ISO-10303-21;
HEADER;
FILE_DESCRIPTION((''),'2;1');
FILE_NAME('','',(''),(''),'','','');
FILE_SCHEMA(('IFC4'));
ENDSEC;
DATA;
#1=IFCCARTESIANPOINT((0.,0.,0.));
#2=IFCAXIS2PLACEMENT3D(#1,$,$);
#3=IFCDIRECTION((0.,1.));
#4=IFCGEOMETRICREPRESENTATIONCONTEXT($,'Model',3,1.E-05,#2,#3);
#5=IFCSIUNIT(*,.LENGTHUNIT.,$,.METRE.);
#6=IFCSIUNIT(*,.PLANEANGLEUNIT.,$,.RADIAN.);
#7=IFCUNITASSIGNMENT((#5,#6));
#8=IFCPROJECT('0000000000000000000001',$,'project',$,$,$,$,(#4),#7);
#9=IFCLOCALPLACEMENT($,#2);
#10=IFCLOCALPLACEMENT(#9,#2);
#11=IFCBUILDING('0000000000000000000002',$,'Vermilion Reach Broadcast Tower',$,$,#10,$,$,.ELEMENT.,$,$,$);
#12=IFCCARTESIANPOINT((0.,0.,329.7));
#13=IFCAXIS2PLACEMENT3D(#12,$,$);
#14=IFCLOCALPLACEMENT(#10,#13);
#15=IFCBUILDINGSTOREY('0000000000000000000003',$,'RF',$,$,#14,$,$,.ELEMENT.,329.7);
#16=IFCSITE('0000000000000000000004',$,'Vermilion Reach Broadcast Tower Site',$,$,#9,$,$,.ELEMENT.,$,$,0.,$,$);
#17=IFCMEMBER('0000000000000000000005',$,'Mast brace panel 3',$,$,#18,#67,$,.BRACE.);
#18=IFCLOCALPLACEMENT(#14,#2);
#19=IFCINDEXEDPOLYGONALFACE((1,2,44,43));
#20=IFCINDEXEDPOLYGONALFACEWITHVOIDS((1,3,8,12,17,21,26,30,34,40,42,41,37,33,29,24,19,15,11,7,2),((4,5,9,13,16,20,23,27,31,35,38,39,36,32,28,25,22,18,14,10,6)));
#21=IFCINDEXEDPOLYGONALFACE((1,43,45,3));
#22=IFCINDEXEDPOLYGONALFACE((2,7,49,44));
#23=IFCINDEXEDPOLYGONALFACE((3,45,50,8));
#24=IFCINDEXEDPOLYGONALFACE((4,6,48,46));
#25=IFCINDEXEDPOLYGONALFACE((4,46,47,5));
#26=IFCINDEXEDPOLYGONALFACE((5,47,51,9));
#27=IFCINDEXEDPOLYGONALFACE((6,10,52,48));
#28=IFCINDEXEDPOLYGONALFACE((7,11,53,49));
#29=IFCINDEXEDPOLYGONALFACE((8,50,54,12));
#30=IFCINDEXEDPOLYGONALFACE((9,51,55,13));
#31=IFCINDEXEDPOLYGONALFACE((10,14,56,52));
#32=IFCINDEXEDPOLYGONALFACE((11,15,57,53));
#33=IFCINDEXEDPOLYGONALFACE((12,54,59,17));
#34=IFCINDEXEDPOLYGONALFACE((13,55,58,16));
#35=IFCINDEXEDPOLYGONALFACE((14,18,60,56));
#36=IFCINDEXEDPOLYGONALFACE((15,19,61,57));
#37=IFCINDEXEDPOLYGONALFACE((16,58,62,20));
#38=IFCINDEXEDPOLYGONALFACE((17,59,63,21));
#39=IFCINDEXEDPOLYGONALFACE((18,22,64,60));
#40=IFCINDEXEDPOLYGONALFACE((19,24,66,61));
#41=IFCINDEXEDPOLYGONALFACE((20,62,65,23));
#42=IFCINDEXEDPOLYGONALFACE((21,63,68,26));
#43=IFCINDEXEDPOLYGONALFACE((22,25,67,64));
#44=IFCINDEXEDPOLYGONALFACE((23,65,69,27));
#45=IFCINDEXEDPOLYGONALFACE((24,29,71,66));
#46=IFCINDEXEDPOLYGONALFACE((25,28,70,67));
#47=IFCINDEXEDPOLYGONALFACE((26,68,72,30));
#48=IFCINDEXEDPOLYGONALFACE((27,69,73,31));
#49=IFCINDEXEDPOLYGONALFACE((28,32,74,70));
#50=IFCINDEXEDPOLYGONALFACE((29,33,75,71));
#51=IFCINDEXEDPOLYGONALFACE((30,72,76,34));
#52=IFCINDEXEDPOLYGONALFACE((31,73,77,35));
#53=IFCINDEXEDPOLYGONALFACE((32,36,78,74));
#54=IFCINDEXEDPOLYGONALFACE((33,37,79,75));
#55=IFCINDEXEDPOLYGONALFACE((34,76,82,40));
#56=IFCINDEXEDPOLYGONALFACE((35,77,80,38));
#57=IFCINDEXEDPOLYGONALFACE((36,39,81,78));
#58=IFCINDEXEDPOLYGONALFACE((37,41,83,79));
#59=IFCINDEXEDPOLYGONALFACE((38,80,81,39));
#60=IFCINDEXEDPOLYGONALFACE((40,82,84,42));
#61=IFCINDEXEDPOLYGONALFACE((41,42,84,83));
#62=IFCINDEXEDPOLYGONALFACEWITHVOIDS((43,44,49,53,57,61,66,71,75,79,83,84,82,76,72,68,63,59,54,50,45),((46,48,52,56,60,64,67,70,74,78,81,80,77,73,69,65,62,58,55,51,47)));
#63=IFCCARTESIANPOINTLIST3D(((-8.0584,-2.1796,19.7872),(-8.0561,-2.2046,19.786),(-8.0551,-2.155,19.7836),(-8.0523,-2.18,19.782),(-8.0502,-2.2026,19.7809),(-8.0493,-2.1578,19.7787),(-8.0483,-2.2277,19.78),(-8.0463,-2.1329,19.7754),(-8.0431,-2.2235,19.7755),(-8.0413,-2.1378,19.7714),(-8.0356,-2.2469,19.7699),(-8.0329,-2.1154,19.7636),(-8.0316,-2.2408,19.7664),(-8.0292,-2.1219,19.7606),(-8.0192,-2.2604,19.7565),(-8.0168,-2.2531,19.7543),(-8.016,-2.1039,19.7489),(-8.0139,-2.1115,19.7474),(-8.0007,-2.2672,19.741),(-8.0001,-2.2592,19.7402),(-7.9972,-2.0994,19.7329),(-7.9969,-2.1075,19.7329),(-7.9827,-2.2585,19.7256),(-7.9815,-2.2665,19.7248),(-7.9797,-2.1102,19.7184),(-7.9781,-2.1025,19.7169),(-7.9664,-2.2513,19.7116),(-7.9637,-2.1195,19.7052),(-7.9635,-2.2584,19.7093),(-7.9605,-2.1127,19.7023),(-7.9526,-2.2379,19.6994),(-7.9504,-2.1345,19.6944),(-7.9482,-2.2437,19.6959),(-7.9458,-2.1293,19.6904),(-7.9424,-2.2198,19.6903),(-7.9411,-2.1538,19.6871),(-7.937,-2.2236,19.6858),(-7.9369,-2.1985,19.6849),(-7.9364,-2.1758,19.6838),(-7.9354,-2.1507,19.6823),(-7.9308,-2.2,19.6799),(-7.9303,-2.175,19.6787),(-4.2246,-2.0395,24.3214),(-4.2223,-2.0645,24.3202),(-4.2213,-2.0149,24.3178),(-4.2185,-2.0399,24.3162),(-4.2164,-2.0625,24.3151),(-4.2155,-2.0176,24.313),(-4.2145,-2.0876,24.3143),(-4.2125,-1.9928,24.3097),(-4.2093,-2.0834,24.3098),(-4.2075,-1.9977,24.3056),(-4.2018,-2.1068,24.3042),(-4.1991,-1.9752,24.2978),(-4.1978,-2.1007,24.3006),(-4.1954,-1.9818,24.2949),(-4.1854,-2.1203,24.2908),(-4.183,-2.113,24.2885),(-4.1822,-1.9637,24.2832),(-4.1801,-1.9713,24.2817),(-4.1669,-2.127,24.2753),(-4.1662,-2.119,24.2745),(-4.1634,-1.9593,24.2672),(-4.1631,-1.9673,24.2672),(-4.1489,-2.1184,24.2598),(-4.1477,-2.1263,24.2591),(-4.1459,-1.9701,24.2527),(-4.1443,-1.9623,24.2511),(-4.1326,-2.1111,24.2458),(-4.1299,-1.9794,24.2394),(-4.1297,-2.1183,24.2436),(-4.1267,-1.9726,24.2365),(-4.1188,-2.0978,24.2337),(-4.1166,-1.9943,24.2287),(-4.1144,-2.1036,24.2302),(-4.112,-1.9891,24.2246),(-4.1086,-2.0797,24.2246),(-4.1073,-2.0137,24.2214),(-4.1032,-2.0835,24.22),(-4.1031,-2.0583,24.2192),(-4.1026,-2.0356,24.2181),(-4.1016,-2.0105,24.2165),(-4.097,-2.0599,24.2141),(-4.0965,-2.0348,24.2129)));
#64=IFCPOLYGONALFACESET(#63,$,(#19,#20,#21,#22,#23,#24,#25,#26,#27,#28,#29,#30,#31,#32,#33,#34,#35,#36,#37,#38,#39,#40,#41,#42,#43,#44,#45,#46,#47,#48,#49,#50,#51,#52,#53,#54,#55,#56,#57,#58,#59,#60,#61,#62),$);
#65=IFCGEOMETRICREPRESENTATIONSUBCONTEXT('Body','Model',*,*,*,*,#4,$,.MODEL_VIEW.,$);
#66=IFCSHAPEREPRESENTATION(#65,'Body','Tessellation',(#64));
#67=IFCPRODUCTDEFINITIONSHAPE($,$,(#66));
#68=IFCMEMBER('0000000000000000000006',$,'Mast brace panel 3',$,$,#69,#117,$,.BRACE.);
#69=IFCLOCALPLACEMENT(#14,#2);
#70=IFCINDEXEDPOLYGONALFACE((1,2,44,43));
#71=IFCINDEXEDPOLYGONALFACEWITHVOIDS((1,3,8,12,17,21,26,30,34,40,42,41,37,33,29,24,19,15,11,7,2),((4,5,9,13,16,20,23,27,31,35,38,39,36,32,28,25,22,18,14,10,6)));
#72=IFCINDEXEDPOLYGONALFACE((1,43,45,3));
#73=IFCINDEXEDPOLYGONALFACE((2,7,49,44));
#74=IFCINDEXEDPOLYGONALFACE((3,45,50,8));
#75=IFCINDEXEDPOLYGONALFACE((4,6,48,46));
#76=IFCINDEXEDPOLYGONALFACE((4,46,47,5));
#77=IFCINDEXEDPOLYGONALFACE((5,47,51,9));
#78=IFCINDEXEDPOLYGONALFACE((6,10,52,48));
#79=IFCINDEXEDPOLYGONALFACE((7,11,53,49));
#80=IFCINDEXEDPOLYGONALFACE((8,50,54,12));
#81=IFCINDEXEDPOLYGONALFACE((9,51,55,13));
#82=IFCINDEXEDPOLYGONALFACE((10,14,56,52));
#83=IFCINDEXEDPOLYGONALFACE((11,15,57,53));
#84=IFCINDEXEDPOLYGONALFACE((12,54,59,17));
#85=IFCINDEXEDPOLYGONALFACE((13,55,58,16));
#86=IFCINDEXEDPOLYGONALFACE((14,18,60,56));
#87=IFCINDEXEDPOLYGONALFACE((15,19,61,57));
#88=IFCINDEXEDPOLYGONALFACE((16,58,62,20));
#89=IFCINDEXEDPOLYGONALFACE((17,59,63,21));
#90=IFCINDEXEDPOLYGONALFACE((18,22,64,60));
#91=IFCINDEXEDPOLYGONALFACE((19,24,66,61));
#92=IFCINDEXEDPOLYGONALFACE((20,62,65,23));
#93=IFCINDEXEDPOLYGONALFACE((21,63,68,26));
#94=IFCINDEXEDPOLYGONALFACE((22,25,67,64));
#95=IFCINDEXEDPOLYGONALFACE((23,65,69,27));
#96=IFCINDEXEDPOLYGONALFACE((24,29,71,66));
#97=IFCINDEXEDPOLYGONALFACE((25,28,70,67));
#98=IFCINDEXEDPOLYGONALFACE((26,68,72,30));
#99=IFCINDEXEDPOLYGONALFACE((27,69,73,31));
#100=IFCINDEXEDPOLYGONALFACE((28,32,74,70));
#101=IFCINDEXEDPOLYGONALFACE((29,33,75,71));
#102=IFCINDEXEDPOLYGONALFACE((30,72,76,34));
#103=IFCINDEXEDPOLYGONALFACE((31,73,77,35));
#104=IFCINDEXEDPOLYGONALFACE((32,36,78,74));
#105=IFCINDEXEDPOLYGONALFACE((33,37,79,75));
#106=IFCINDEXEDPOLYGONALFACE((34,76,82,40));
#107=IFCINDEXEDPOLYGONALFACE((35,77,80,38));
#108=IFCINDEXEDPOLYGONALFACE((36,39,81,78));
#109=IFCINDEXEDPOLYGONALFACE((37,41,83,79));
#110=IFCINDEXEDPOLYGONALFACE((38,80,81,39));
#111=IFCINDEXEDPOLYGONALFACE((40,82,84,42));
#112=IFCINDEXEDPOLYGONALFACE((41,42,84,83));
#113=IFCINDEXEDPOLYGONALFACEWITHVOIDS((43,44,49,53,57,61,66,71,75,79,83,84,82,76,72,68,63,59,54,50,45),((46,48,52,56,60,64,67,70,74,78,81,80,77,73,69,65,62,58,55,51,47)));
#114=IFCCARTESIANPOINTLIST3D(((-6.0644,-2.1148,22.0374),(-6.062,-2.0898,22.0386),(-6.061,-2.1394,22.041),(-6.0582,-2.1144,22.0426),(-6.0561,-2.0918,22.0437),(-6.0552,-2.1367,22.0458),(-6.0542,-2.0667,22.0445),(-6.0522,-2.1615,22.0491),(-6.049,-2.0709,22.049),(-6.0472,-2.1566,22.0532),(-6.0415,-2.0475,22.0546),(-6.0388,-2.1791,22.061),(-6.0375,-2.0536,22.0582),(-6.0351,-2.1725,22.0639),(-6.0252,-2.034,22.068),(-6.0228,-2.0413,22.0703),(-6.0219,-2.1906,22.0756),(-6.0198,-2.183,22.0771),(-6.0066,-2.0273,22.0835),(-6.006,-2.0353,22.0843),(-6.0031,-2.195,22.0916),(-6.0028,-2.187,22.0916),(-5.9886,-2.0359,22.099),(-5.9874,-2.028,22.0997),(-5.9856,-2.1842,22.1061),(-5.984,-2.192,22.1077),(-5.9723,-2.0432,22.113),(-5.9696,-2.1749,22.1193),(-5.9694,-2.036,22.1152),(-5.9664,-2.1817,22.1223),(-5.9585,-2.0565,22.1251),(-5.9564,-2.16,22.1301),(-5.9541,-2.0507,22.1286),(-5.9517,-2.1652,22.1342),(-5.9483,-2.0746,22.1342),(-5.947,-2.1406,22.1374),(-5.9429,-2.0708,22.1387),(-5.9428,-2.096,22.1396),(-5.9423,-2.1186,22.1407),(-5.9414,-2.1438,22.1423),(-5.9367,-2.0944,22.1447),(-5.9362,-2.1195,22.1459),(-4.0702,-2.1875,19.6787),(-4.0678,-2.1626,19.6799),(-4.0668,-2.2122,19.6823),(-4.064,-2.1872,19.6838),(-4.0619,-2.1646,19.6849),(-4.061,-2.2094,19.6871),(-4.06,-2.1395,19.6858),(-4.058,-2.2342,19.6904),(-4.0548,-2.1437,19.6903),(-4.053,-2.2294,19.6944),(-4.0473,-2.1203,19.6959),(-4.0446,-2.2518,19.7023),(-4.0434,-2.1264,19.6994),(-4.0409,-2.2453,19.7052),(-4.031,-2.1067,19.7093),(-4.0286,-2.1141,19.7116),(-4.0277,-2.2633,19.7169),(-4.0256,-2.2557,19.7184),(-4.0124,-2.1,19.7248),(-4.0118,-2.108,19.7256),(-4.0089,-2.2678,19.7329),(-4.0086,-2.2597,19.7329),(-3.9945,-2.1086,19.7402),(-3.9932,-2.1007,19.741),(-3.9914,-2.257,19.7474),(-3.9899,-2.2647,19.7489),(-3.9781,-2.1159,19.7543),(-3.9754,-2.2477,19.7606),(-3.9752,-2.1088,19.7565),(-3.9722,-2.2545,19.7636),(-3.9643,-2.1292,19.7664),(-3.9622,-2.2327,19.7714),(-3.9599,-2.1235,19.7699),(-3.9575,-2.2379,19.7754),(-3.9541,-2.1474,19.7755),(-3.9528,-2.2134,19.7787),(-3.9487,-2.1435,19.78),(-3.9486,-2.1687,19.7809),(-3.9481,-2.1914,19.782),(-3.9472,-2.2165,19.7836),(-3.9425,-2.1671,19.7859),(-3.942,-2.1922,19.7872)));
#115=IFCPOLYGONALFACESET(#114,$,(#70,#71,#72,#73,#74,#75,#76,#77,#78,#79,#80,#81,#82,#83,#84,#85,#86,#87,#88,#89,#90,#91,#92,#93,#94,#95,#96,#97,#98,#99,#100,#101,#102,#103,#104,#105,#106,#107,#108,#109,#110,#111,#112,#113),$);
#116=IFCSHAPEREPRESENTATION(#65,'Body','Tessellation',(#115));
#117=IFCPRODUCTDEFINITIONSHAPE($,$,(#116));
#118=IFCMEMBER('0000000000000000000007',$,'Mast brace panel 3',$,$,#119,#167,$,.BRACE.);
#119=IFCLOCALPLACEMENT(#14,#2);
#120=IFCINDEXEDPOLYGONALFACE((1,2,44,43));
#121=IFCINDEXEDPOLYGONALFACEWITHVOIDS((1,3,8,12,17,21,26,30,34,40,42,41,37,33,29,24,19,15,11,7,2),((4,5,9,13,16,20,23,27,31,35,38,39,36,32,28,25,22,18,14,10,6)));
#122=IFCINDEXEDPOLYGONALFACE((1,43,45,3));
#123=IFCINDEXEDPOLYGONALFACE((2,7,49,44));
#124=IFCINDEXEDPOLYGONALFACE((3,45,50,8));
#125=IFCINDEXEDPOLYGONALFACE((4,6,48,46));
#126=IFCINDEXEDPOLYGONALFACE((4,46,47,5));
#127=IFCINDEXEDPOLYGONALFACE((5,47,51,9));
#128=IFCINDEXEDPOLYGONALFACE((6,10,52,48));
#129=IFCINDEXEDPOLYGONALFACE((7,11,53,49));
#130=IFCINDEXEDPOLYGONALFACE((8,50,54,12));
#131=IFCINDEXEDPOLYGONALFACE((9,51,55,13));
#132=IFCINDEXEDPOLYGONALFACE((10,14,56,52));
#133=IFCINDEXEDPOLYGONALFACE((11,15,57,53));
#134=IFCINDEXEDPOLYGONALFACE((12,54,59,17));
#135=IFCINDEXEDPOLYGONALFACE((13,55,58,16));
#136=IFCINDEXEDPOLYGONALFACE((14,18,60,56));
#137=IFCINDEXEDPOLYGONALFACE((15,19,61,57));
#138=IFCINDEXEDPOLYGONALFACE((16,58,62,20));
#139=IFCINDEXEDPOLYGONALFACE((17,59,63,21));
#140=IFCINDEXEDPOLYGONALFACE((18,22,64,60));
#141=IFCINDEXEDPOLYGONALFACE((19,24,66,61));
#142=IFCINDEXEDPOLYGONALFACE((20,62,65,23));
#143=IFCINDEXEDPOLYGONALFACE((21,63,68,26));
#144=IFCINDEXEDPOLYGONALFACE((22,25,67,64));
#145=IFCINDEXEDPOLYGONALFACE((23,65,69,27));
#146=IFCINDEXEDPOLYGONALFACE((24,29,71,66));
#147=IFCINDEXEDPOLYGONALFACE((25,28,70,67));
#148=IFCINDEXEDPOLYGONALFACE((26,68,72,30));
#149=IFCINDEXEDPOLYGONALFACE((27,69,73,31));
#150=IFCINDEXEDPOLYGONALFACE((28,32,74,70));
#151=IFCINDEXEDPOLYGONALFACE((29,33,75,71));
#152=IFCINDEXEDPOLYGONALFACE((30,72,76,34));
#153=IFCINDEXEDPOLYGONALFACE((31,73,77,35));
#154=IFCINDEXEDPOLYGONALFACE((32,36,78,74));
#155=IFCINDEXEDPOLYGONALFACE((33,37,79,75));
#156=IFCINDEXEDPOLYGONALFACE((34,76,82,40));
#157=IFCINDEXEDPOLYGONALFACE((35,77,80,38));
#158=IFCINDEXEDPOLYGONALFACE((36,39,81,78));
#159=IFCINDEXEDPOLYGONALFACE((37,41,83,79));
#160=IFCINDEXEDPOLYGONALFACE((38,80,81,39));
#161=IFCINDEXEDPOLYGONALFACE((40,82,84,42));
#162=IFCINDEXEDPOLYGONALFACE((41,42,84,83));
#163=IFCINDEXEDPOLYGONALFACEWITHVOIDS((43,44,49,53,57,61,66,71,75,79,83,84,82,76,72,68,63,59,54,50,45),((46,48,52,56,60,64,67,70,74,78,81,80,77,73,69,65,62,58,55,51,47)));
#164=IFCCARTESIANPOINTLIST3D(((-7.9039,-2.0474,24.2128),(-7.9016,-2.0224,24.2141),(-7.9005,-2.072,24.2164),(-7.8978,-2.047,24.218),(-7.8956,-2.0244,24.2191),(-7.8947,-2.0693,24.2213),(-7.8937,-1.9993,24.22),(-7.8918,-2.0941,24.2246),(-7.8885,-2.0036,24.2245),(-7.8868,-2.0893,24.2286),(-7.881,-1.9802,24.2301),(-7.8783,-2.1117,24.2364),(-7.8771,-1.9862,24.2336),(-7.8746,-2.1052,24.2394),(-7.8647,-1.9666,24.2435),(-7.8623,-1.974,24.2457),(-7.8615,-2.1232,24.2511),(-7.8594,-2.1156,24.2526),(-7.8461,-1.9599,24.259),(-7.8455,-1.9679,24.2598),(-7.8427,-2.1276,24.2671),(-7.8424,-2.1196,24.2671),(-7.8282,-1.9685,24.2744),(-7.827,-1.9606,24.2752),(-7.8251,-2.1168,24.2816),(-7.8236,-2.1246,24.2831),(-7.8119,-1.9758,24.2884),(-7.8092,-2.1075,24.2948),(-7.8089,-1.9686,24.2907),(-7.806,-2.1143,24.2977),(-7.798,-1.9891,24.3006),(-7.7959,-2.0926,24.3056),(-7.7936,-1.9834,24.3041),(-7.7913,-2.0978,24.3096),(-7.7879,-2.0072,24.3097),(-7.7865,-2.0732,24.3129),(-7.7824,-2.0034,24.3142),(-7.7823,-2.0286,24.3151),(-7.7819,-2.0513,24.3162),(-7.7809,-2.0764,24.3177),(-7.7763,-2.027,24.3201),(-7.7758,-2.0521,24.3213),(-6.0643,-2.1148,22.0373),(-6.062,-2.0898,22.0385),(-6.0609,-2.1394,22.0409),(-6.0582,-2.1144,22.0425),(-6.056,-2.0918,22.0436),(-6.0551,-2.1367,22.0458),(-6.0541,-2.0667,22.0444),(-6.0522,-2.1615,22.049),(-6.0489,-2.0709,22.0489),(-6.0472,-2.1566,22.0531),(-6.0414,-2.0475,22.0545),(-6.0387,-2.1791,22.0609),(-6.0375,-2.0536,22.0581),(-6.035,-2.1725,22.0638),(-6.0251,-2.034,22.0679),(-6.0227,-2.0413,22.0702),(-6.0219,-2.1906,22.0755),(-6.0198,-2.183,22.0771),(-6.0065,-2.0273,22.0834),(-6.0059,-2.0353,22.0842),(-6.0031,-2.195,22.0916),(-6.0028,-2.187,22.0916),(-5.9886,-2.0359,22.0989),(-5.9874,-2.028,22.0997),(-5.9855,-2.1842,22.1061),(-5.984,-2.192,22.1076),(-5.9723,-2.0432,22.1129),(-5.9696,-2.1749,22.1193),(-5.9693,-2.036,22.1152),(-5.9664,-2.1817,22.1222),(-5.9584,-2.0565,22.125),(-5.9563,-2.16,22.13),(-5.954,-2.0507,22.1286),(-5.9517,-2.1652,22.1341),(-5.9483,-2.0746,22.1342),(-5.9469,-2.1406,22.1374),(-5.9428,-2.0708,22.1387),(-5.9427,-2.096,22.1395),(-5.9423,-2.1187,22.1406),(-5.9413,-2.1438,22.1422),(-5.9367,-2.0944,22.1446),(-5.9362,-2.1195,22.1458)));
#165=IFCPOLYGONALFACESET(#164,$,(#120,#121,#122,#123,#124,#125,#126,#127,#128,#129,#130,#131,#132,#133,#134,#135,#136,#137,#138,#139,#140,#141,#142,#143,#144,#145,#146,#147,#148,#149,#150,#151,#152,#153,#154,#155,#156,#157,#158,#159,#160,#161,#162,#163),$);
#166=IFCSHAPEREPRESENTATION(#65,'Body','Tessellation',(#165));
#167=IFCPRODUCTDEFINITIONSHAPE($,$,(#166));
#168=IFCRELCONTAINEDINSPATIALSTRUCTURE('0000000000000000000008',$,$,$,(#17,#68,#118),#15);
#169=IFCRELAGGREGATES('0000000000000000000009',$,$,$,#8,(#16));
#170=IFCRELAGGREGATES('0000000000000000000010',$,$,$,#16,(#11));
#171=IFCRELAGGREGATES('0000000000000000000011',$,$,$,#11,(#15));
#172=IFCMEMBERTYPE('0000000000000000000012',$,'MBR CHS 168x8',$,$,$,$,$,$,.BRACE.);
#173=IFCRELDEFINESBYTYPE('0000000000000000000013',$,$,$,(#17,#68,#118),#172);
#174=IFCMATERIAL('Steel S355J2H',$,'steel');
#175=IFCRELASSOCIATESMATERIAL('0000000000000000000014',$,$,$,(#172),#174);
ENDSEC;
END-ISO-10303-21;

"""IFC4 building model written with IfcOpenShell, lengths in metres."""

from ifc_helpers import new_model, si_unit, direction, frame, origin, origin_2d, place, context, subcontext, project, spatial, hollow_circle, extrude, material, material_profile, profile_set, type_object, element, save


model = new_model("IFC4")

# Units and contexts
model_context = context("Model", 3, precision=1e-05, world=origin(), true_north=direction((0.0, 1.0)))
body_context = subcontext(model_context, "Body", "Model", "MODEL_VIEW")
ifc_project = project(units=[si_unit("LENGTHUNIT", "METRE"), si_unit("PLANEANGLEUNIT", "RADIAN")], contexts=[model_context])

# Site, building, storey
site_placement = place(None, origin())
site = spatial("IfcSite", under=ifc_project, at=site_placement, Name="Vermilion Reach Broadcast Tower Site", CompositionType="ELEMENT", RefElevation=0.0)
building_placement = place(site_placement, origin())
building = spatial("IfcBuilding", under=site, at=building_placement, Name="Vermilion Reach Broadcast Tower", CompositionType="ELEMENT")
storey_placement = place(building_placement, frame((0.0, 0.0, 329.7)))
storey = spatial("IfcBuildingStorey", under=building, at=storey_placement, Name="RF", CompositionType="ELEMENT", Elevation=329.7)

# Members
ifc_material_1 = material(Name="Steel S355J2H", Category="steel")
ifc_material_profile_1 = material_profile(ifc_material_1, hollow_circle(Radius=0.0842, WallThickness=0.0081, at=origin_2d()), Name="S355J2H CHS 168x8")
ifc_profile_set_1 = profile_set([ifc_material_profile_1], Name="Steel S355J2H")
member_type_1 = type_object("IfcMemberType", Name="MBR CHS 168x8", PredefinedType="BRACE", material=ifc_profile_set_1)
member_1_placement = place(storey_placement, frame((-7.9941, -2.1836, 19.7329), z_axis=(0.64548, 0.023595, 0.763412), x_axis=(-0.036529, 0.999333, 0.0)))
element("IfcMember", 1, at=member_1_placement, inside=storey, type_object=member_type_1, Name="Mast brace panel 3", PredefinedType="BRACE", context=body_context, shape_type="SweptSolid", body=[
    extrude(hollow_circle(Radius=0.0842, WallThickness=0.0081, at=origin_2d()), origin(), (0.0, 0.0, 1.0), 5.9395),
])
member_2_placement = place(storey_placement, frame((-4.0059, -2.1836, 19.7329), z_axis=(-0.645455, 0.023549, 0.763435), x_axis=(-0.03646, -0.999335, 0.0)))
element("IfcMember", 2, at=member_2_placement, inside=storey, type_object=member_type_1, Name="Mast brace panel 3", PredefinedType="BRACE", context=body_context, shape_type="SweptSolid", body=[
    extrude(hollow_circle(Radius=0.0842, WallThickness=0.0081, at=origin_2d()), origin(), (0.0, 0.0, 1.0), 3.0896),
])
member_3_placement = place(storey_placement, frame((-6.0, -2.1108, 22.0916), z_axis=(-0.645508, 0.023644, 0.763387), x_axis=(-0.036605, -0.99933, 0.0)))
element("IfcMember", 3, at=member_3_placement, inside=storey, type_object=member_type_1, Name="Mast brace panel 3", PredefinedType="BRACE", context=body_context, shape_type="SweptSolid", body=[
    extrude(hollow_circle(Radius=0.0842, WallThickness=0.0081, at=origin_2d()), origin(), (0.0, 0.0, 1.0), 2.8499),
])

save(model, "model.ifc")
